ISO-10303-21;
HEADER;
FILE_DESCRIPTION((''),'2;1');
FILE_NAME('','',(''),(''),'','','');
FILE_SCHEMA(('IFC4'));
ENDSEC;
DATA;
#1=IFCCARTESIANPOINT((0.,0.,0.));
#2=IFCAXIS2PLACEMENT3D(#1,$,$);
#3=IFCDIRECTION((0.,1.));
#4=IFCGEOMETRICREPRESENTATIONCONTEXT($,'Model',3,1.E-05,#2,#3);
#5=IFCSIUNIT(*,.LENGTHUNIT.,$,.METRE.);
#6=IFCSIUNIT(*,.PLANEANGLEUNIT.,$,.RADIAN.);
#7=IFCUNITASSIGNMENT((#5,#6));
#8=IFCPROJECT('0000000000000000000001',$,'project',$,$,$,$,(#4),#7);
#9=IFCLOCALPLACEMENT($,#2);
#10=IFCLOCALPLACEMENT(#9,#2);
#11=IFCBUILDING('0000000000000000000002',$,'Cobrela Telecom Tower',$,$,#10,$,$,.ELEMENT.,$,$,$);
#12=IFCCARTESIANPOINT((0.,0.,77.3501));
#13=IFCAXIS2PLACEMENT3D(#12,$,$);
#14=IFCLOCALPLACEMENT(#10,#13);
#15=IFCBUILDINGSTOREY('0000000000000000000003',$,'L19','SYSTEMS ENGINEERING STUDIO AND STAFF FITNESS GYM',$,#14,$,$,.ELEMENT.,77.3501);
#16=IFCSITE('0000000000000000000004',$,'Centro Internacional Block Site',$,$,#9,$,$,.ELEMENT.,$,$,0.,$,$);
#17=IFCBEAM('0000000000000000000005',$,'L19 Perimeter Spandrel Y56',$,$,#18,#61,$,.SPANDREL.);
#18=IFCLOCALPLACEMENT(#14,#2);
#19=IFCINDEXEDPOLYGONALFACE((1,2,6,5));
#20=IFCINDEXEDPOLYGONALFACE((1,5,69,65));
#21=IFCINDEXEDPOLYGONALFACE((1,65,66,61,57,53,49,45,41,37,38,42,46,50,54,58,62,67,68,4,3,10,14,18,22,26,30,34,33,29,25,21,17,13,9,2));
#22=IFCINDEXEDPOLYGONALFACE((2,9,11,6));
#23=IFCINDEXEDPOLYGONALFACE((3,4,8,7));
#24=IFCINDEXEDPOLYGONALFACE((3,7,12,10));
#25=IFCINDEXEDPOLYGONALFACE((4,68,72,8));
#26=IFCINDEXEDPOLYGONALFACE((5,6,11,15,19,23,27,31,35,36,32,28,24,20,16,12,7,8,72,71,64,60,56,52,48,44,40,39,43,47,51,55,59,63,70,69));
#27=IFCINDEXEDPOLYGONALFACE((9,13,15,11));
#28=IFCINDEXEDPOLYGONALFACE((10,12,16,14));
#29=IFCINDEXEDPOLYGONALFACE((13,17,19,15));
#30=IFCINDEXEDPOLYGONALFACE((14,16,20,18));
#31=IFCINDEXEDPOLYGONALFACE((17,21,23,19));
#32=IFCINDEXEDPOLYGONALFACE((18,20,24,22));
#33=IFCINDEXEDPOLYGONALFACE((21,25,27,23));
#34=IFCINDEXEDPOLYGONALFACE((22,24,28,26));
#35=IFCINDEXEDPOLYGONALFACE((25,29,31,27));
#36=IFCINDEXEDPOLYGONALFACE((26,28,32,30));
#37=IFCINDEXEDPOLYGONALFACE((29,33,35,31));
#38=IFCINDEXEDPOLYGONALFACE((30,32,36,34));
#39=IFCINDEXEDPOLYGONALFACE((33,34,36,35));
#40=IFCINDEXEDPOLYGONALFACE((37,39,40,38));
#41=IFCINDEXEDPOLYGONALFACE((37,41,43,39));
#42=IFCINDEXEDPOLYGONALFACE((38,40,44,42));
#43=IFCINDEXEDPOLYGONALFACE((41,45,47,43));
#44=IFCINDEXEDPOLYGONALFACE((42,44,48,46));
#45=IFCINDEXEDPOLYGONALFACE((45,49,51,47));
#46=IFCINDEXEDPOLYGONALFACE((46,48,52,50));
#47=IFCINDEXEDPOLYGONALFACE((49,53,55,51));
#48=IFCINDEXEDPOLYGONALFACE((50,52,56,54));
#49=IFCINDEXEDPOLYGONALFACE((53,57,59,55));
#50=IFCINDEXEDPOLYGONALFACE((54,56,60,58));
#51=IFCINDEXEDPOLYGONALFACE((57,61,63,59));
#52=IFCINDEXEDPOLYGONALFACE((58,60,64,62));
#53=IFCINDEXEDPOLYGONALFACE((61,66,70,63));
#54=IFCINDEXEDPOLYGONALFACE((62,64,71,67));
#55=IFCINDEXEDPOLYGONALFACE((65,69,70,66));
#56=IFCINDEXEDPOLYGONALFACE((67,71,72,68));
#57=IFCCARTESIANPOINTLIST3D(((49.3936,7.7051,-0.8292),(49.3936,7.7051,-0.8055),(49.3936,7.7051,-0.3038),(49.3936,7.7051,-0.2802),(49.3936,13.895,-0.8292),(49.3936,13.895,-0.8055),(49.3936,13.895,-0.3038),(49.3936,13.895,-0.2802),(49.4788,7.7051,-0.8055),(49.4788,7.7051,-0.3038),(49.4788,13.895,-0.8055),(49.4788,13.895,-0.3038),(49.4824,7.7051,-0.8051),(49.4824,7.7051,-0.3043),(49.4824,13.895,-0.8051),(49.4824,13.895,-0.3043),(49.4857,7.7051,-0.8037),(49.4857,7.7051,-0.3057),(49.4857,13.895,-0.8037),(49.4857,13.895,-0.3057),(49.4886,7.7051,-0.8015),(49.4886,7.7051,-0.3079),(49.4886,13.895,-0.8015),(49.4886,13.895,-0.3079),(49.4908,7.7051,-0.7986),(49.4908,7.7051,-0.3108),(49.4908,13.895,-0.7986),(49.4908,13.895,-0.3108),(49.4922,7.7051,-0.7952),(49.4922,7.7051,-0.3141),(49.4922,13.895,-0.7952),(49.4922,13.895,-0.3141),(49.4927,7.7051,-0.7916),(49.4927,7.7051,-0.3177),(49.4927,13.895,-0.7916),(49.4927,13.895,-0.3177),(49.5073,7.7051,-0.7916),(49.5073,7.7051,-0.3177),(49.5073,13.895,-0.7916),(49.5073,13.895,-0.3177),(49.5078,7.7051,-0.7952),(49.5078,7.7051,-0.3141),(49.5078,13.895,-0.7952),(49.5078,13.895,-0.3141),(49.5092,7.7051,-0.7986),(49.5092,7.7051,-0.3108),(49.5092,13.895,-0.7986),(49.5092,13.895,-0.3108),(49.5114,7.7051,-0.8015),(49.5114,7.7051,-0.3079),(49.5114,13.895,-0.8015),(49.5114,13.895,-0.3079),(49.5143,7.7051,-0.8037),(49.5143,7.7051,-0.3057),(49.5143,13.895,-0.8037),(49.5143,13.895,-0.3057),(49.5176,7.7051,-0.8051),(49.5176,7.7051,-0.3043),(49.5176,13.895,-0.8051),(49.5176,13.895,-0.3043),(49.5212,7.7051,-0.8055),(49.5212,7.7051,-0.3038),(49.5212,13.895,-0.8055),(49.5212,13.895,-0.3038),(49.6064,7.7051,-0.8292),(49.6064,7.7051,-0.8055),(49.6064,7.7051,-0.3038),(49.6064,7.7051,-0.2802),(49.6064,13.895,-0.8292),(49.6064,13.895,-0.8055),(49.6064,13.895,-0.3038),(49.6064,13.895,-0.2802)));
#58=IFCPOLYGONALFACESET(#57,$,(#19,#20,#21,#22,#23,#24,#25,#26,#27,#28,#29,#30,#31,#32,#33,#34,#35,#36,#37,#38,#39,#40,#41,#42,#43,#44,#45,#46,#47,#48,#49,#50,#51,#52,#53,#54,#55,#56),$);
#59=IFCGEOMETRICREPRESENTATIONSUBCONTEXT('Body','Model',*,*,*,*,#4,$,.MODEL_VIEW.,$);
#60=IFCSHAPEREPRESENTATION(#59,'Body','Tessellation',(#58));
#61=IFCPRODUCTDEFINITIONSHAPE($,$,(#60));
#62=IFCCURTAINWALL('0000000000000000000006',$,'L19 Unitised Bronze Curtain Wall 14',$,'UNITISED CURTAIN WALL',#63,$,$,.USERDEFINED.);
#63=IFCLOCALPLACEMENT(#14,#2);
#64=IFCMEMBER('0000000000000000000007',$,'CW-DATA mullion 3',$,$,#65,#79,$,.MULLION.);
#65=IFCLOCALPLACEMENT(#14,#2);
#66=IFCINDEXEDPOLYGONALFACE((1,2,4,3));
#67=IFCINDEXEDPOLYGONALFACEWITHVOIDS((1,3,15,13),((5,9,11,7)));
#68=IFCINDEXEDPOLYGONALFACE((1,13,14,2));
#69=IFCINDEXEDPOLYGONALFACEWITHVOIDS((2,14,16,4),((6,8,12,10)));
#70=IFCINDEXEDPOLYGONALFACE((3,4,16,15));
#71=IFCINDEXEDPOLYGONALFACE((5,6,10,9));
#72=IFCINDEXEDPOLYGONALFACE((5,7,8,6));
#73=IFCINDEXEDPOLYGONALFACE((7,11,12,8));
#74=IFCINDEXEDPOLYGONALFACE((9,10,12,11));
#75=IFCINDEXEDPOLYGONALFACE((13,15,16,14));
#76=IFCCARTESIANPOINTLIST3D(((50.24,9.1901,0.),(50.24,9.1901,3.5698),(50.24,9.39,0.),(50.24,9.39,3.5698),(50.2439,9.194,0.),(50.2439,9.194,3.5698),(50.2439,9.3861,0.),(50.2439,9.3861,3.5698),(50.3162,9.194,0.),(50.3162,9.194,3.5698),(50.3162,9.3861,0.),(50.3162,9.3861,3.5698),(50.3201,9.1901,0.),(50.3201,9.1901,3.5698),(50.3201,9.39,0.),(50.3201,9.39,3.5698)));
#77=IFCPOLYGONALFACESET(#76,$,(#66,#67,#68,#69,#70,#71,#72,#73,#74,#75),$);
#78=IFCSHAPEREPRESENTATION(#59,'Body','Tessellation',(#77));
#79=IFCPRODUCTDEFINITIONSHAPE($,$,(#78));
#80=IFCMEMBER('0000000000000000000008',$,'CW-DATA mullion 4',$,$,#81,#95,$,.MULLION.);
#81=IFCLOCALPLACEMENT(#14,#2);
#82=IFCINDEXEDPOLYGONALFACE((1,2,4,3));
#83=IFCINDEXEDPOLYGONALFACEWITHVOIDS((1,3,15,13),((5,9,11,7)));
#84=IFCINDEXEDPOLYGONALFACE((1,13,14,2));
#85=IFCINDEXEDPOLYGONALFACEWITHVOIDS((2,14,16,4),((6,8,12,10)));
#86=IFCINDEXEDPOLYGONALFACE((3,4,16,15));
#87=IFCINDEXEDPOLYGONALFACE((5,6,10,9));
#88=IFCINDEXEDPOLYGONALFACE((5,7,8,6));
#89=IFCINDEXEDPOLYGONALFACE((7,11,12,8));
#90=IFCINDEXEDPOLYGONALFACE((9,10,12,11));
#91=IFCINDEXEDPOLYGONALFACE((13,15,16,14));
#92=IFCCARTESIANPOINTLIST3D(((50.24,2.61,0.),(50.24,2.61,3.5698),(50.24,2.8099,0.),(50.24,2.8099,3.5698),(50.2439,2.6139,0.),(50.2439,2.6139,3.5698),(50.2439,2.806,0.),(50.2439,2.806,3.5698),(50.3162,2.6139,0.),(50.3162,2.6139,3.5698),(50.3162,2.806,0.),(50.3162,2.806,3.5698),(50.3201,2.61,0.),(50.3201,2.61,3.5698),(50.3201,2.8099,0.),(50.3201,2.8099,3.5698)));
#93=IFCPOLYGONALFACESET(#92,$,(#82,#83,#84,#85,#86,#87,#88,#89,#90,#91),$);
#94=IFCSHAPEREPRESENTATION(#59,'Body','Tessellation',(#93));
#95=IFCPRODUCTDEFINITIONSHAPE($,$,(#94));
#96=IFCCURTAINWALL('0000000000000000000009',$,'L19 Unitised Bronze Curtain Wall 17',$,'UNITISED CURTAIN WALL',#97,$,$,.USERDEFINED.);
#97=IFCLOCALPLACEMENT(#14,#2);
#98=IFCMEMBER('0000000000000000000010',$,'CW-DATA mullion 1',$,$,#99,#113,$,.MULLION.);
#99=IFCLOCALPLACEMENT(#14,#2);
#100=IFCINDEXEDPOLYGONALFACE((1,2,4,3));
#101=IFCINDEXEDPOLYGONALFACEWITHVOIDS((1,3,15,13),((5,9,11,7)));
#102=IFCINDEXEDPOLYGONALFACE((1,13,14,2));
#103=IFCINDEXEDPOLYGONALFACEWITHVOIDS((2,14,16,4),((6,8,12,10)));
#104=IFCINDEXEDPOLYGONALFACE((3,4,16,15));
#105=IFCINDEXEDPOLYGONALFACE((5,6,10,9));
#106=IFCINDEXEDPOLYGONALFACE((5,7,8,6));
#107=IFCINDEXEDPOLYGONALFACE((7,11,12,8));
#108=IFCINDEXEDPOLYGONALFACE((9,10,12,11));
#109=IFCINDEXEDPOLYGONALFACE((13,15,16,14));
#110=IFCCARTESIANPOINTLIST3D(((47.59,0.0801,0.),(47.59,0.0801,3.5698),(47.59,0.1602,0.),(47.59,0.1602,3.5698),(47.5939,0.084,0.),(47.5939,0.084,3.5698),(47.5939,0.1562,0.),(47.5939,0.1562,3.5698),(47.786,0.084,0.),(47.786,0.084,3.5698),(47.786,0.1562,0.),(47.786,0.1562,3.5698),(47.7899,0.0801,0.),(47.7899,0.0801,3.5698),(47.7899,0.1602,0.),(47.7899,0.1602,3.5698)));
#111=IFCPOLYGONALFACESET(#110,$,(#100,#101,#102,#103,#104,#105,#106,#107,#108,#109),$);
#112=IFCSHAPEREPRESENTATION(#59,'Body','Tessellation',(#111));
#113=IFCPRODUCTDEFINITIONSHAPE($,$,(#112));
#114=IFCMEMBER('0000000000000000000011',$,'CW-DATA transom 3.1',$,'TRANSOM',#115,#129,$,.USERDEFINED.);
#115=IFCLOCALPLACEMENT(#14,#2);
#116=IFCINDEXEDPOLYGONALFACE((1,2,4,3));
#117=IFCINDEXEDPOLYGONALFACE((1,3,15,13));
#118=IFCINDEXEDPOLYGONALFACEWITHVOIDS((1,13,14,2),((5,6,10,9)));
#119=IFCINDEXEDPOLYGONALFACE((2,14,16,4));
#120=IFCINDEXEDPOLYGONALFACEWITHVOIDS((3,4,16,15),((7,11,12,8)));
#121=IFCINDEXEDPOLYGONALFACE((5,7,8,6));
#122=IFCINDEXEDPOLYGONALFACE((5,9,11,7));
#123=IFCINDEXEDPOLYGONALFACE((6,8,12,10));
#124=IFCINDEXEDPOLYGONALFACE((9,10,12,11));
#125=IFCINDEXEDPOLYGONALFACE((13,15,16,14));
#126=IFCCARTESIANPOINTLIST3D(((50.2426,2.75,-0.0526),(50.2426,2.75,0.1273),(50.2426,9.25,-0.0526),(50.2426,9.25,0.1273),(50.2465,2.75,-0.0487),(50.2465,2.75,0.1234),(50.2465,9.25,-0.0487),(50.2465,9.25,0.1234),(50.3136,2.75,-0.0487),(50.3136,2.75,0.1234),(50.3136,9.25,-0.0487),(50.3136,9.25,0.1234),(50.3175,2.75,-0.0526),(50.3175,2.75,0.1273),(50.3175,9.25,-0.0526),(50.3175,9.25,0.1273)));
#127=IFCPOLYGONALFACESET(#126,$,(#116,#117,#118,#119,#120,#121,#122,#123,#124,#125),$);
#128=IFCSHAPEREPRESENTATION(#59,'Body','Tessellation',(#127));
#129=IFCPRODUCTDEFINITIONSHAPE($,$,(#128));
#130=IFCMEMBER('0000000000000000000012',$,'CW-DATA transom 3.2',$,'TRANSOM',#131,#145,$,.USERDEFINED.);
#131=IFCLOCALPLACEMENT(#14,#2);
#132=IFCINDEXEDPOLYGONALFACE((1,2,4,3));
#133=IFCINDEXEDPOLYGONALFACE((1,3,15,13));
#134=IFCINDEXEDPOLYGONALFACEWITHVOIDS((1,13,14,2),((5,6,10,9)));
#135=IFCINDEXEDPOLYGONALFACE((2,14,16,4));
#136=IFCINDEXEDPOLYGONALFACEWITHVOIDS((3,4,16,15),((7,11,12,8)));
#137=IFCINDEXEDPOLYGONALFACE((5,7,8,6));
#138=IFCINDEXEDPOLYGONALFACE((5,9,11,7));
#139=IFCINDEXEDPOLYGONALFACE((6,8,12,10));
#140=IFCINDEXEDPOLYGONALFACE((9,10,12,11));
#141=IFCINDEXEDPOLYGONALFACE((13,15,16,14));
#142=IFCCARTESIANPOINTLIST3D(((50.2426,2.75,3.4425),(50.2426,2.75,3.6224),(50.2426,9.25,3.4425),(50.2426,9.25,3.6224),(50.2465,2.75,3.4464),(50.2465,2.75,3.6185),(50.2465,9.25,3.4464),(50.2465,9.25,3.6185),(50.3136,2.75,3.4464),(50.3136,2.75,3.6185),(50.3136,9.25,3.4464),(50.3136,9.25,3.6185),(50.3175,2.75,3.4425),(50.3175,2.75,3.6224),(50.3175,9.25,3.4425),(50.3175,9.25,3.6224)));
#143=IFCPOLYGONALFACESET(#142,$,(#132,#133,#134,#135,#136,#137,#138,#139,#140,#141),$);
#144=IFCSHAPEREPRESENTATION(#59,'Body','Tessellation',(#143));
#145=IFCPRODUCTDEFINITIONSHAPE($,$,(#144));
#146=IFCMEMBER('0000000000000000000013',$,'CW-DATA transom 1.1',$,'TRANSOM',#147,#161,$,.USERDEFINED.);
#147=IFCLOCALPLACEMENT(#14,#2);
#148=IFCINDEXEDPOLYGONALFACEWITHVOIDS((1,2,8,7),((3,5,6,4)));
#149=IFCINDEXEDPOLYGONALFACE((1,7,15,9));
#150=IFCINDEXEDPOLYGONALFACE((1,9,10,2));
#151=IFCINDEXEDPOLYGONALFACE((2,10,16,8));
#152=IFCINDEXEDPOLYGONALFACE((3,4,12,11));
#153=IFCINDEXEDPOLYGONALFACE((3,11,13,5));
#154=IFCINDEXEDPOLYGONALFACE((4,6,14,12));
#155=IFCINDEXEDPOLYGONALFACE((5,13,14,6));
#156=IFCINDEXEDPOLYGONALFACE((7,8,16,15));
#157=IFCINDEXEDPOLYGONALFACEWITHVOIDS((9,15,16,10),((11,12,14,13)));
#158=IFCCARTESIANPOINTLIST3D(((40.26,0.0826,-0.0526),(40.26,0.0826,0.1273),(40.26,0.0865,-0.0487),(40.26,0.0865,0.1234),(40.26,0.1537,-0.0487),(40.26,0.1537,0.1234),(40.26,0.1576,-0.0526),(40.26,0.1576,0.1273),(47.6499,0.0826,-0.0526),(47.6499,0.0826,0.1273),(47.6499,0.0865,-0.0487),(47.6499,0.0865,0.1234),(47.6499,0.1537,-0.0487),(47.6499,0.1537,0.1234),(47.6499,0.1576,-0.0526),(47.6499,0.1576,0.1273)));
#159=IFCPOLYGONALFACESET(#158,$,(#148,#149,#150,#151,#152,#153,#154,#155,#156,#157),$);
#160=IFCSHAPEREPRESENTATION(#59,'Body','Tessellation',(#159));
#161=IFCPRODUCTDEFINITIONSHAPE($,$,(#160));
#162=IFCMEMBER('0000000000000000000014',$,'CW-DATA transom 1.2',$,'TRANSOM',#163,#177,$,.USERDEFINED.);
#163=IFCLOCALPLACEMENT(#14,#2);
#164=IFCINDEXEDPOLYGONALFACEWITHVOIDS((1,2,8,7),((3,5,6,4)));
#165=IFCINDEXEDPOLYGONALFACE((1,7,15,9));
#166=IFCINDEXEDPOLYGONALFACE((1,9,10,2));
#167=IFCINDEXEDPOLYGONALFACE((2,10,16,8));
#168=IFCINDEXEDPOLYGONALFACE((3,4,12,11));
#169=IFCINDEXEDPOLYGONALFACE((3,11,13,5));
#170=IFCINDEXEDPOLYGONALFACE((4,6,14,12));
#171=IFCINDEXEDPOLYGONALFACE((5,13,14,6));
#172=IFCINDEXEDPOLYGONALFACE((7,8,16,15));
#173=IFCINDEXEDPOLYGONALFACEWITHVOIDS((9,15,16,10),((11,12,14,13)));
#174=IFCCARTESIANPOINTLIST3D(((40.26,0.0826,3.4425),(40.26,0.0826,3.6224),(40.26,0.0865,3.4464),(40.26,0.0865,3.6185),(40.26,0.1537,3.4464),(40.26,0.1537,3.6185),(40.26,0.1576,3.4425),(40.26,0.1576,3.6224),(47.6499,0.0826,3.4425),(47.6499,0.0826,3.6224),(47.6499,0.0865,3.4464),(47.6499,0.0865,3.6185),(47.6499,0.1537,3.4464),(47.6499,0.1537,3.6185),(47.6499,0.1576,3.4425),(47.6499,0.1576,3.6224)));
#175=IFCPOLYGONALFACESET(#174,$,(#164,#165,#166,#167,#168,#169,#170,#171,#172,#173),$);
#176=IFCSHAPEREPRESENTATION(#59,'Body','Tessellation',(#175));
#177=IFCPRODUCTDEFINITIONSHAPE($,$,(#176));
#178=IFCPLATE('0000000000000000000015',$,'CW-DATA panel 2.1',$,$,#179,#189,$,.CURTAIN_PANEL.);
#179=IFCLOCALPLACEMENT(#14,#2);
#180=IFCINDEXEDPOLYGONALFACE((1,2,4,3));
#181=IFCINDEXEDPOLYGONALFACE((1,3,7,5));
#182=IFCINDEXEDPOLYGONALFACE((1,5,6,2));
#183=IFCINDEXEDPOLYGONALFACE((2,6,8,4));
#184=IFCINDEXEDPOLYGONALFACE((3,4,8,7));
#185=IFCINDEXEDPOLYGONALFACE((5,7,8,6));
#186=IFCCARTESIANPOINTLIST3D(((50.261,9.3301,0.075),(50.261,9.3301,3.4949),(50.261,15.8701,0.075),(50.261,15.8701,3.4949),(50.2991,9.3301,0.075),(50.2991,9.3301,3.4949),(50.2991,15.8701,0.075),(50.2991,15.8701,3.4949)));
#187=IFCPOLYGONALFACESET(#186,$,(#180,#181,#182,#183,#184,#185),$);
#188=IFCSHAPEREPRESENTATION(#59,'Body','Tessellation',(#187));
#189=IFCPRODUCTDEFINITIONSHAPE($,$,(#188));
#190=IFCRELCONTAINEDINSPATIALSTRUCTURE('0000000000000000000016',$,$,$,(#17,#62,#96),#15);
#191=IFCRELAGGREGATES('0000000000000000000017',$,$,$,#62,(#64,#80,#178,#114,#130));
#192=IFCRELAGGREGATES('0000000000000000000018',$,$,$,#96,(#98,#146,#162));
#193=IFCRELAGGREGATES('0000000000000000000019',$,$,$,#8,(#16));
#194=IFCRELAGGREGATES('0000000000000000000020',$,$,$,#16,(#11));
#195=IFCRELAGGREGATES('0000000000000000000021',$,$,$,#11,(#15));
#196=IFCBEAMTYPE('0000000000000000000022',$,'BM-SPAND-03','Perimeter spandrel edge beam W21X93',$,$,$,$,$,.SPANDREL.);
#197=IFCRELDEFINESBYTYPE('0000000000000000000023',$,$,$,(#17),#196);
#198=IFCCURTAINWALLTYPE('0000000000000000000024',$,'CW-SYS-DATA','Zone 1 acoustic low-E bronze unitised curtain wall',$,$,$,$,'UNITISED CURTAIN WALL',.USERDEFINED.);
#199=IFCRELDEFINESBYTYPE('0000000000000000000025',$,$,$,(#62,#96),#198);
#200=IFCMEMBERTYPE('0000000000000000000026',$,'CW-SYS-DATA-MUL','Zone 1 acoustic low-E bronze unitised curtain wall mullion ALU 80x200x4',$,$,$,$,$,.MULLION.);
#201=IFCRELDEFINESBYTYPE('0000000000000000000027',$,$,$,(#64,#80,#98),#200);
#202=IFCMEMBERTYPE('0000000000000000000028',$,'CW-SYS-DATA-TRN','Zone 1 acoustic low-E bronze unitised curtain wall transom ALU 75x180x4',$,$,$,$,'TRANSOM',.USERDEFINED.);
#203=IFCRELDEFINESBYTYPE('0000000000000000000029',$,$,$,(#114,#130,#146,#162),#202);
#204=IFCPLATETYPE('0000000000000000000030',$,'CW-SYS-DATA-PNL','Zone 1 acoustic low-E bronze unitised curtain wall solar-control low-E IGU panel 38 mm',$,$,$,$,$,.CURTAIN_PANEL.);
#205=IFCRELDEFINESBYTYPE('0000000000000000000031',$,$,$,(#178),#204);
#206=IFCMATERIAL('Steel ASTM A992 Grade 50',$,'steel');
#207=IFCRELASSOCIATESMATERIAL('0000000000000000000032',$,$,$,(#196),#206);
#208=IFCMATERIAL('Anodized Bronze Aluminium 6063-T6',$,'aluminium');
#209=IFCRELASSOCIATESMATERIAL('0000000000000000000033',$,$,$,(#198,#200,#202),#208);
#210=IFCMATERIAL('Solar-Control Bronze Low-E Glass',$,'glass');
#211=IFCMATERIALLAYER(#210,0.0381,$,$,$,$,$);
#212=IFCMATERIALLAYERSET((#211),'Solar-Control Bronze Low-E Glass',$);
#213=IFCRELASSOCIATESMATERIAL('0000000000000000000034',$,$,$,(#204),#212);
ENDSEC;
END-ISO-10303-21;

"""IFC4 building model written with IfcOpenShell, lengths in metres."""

from ifc_helpers import new_model, si_unit, direction, frame, origin, origin_2d, place, context, subcontext, project, spatial, rectangle, hollow_rectangle, i_section, extrude, material, layer, layer_set, material_profile, profile_set, type_object, element, aggregate, save


model = new_model("IFC4")

# Units and contexts
model_context = context("Model", 3, precision=1e-05, world=origin(), true_north=direction((0.0, 1.0)))
body_context = subcontext(model_context, "Body", "Model", "MODEL_VIEW")
ifc_project = project(units=[si_unit("LENGTHUNIT", "METRE"), si_unit("PLANEANGLEUNIT", "RADIAN")], contexts=[model_context])

# Site, building, storey
site_placement = place(None, origin())
site = spatial("IfcSite", under=ifc_project, at=site_placement, Name="Centro Internacional Block Site", CompositionType="ELEMENT", RefElevation=0.0)
building_placement = place(site_placement, origin())
building = spatial("IfcBuilding", under=site, at=building_placement, Name="Cobrela Telecom Tower", CompositionType="ELEMENT")
storey_placement = place(building_placement, frame((0.0, 0.0, 77.3501)))
storey = spatial("IfcBuildingStorey", under=building, at=storey_placement, Name="L19", Description="SYSTEMS ENGINEERING STUDIO AND STAFF FITNESS GYM", CompositionType="ELEMENT", Elevation=77.3501)

# Shared definitions
ifc_material_1 = material(Name="Steel ASTM A992 Grade 50", Category="steel")

# Beam
ifc_material_profile_1 = material_profile(ifc_material_1, i_section(OverallWidth=0.2129, OverallDepth=0.5491, WebThickness=0.0146, FlangeThickness=0.0237, FilletRadius=0.0139, at=origin_2d()), Name="W21X93")
ifc_profile_set_1 = profile_set([ifc_material_profile_1], Name="Steel ASTM A992 Grade 50")
beam_type_1 = type_object("IfcBeamType", Name="BM-SPAND-03", Description="Perimeter spandrel edge beam W21X93", PredefinedType="SPANDREL", material=ifc_profile_set_1)
beam_1_placement = place(storey_placement, frame((49.5, 7.7051, -0.5547), z_axis=(0.0, 1.0, 0.0), x_axis=(-1.0, 0.0, 0.0)))
element("IfcBeam", 1, at=beam_1_placement, inside=storey, type_object=beam_type_1, Name="L19 Perimeter Spandrel Y56", PredefinedType="SPANDREL", context=body_context, shape_type="SweptSolid", body=[
    extrude(i_section(OverallWidth=0.2129, OverallDepth=0.5491, WebThickness=0.0146, FlangeThickness=0.0237, FilletRadius=0.0139, at=origin_2d()), origin(), (0.0, 0.0, 1.0), 6.1899),
])

# Curtain wall, members
ifc_material_2 = material(Name="Anodized Bronze Aluminium 6063-T6", Category="aluminium")
curtain_wall_type = type_object("IfcCurtainWallType", Name="CW-SYS-DATA", Description="Zone 1 acoustic low-E bronze unitised curtain wall", ElementType="UNITISED CURTAIN WALL", PredefinedType="USERDEFINED", material=ifc_material_2)
curtain_wall_1_placement = place(storey_placement, origin())
curtain_wall_1 = element("IfcCurtainWall", 2, at=curtain_wall_1_placement, inside=storey, type_object=curtain_wall_type, Name="L19 Unitised Bronze Curtain Wall 14", ObjectType="UNITISED CURTAIN WALL", PredefinedType="USERDEFINED")
ifc_material_profile_2 = material_profile(ifc_material_2, hollow_rectangle(XDim=0.0801, YDim=0.2, WallThickness=0.0039, at=origin_2d()), Name="ALU 80x200x4")
ifc_profile_set_2 = profile_set([ifc_material_profile_2], Name="Anodized Bronze Aluminium 6063-T6")
member_type_1 = type_object("IfcMemberType", Name="CW-SYS-DATA-MUL", Description="Zone 1 acoustic low-E bronze unitised curtain wall mullion ALU 80x200x4", PredefinedType="MULLION", material=ifc_profile_set_2)
member_1_placement = place(storey_placement, frame((50.28, 9.29, 0.0), z_axis=(0.0, 0.0, 1.0), x_axis=(1.0, 0.0, 0.0)))
member_1 = element("IfcMember", 3, at=member_1_placement, type_object=member_type_1, Name="CW-DATA mullion 3", PredefinedType="MULLION", context=body_context, shape_type="SweptSolid", body=[
    extrude(hollow_rectangle(XDim=0.0801, YDim=0.2, WallThickness=0.0039, at=origin_2d()), origin(), (0.0, 0.0, 1.0), 3.5698),
])
member_2_placement = place(storey_placement, frame((50.28, 2.71, 0.0), z_axis=(0.0, 0.0, 1.0), x_axis=(1.0, 0.0, 0.0)))
member_2 = element("IfcMember", 4, at=member_2_placement, type_object=member_type_1, Name="CW-DATA mullion 4", PredefinedType="MULLION", context=body_context, shape_type="SweptSolid", body=[
    extrude(hollow_rectangle(XDim=0.0801, YDim=0.2, WallThickness=0.0039, at=origin_2d()), origin(), (0.0, 0.0, 1.0), 3.5698),
])

# Curtain wall, member
curtain_wall_2_placement = place(storey_placement, origin())
curtain_wall_2 = element("IfcCurtainWall", 5, at=curtain_wall_2_placement, inside=storey, type_object=curtain_wall_type, Name="L19 Unitised Bronze Curtain Wall 17", ObjectType="UNITISED CURTAIN WALL", PredefinedType="USERDEFINED")
member_3_placement = place(storey_placement, frame((47.6899, 0.1201, 0.0), z_axis=(0.0, 0.0, 1.0), x_axis=(0.0, -1.0, 0.0)))
member_3 = element("IfcMember", 6, at=member_3_placement, type_object=member_type_1, Name="CW-DATA mullion 1", PredefinedType="MULLION", context=body_context, shape_type="SweptSolid", body=[
    extrude(hollow_rectangle(XDim=0.0801, YDim=0.2, WallThickness=0.0039, at=origin_2d()), origin(), (0.0, 0.0, 1.0), 3.5698),
])

# Members
ifc_material_profile_3 = material_profile(ifc_material_2, hollow_rectangle(XDim=0.075, YDim=0.1799, WallThickness=0.0039, at=origin_2d()), Name="ALU 75x180x4")
ifc_profile_set_3 = profile_set([ifc_material_profile_3], Name="Anodized Bronze Aluminium 6063-T6")
member_type_2 = type_object("IfcMemberType", Name="CW-SYS-DATA-TRN", Description="Zone 1 acoustic low-E bronze unitised curtain wall transom ALU 75x180x4", ElementType="TRANSOM", PredefinedType="USERDEFINED", material=ifc_profile_set_3)
member_4_placement = place(storey_placement, frame((50.28, 9.25, 0.0374), z_axis=(0.0, -1.0, 0.0), x_axis=(1.0, 0.0, 0.0)))
member_4 = element("IfcMember", 7, at=member_4_placement, type_object=member_type_2, Name="CW-DATA transom 3.1", ObjectType="TRANSOM", PredefinedType="USERDEFINED", context=body_context, shape_type="SweptSolid", body=[
    extrude(hollow_rectangle(XDim=0.075, YDim=0.1799, WallThickness=0.0039, at=origin_2d()), origin(), (0.0, 0.0, 1.0), 6.5),
])
member_5_placement = place(storey_placement, frame((50.28, 9.25, 3.5325), z_axis=(0.0, -1.0, 0.0), x_axis=(1.0, 0.0, 0.0)))
member_5 = element("IfcMember", 8, at=member_5_placement, type_object=member_type_2, Name="CW-DATA transom 3.2", ObjectType="TRANSOM", PredefinedType="USERDEFINED", context=body_context, shape_type="SweptSolid", body=[
    extrude(hollow_rectangle(XDim=0.075, YDim=0.1799, WallThickness=0.0039, at=origin_2d()), origin(), (0.0, 0.0, 1.0), 6.5),
])
member_6_placement = place(storey_placement, frame((47.6499, 0.1201, 0.0374), z_axis=(-1.0, 0.0, 0.0), x_axis=(0.0, -1.0, 0.0)))
member_6 = element("IfcMember", 9, at=member_6_placement, type_object=member_type_2, Name="CW-DATA transom 1.1", ObjectType="TRANSOM", PredefinedType="USERDEFINED", context=body_context, shape_type="SweptSolid", body=[
    extrude(hollow_rectangle(XDim=0.075, YDim=0.1799, WallThickness=0.0039, at=origin_2d()), origin(), (0.0, 0.0, 1.0), 7.3899),
])
member_7_placement = place(storey_placement, frame((47.6499, 0.1201, 3.5325), z_axis=(-1.0, 0.0, 0.0), x_axis=(0.0, -1.0, 0.0)))
member_7 = element("IfcMember", 10, at=member_7_placement, type_object=member_type_2, Name="CW-DATA transom 1.2", ObjectType="TRANSOM", PredefinedType="USERDEFINED", context=body_context, shape_type="SweptSolid", body=[
    extrude(hollow_rectangle(XDim=0.075, YDim=0.1799, WallThickness=0.0039, at=origin_2d()), origin(), (0.0, 0.0, 1.0), 7.3899),
])

# Plate
ifc_material_3 = material(Name="Solar-Control Bronze Low-E Glass", Category="glass")
ifc_layer_1 = layer(ifc_material_3, 0.0381)
ifc_layer_set_1 = layer_set([ifc_layer_1], Name="Solar-Control Bronze Low-E Glass")
plate_type = type_object("IfcPlateType", Name="CW-SYS-DATA-PNL", Description="Zone 1 acoustic low-E bronze unitised curtain wall solar-control low-E IGU panel 38 mm", PredefinedType="CURTAIN_PANEL", material=ifc_layer_set_1)
plate_1_placement = place(storey_placement, frame((50.28, 12.6001, 0.075), z_axis=(0.0, 0.0, 1.0), x_axis=(0.0, -1.0, 0.0)))
plate_1 = element("IfcPlate", 11, at=plate_1_placement, type_object=plate_type, Name="CW-DATA panel 2.1", PredefinedType="CURTAIN_PANEL", context=body_context, shape_type="SweptSolid", body=[
    extrude(rectangle(XDim=6.54, YDim=0.0381, at=origin_2d()), origin(), (0.0, 0.0, 1.0), 3.4199),
])
aggregate(curtain_wall_1, [member_1, member_2, plate_1, member_4, member_5])
aggregate(curtain_wall_2, [member_3, member_6, member_7])

save(model, "model.ifc")
